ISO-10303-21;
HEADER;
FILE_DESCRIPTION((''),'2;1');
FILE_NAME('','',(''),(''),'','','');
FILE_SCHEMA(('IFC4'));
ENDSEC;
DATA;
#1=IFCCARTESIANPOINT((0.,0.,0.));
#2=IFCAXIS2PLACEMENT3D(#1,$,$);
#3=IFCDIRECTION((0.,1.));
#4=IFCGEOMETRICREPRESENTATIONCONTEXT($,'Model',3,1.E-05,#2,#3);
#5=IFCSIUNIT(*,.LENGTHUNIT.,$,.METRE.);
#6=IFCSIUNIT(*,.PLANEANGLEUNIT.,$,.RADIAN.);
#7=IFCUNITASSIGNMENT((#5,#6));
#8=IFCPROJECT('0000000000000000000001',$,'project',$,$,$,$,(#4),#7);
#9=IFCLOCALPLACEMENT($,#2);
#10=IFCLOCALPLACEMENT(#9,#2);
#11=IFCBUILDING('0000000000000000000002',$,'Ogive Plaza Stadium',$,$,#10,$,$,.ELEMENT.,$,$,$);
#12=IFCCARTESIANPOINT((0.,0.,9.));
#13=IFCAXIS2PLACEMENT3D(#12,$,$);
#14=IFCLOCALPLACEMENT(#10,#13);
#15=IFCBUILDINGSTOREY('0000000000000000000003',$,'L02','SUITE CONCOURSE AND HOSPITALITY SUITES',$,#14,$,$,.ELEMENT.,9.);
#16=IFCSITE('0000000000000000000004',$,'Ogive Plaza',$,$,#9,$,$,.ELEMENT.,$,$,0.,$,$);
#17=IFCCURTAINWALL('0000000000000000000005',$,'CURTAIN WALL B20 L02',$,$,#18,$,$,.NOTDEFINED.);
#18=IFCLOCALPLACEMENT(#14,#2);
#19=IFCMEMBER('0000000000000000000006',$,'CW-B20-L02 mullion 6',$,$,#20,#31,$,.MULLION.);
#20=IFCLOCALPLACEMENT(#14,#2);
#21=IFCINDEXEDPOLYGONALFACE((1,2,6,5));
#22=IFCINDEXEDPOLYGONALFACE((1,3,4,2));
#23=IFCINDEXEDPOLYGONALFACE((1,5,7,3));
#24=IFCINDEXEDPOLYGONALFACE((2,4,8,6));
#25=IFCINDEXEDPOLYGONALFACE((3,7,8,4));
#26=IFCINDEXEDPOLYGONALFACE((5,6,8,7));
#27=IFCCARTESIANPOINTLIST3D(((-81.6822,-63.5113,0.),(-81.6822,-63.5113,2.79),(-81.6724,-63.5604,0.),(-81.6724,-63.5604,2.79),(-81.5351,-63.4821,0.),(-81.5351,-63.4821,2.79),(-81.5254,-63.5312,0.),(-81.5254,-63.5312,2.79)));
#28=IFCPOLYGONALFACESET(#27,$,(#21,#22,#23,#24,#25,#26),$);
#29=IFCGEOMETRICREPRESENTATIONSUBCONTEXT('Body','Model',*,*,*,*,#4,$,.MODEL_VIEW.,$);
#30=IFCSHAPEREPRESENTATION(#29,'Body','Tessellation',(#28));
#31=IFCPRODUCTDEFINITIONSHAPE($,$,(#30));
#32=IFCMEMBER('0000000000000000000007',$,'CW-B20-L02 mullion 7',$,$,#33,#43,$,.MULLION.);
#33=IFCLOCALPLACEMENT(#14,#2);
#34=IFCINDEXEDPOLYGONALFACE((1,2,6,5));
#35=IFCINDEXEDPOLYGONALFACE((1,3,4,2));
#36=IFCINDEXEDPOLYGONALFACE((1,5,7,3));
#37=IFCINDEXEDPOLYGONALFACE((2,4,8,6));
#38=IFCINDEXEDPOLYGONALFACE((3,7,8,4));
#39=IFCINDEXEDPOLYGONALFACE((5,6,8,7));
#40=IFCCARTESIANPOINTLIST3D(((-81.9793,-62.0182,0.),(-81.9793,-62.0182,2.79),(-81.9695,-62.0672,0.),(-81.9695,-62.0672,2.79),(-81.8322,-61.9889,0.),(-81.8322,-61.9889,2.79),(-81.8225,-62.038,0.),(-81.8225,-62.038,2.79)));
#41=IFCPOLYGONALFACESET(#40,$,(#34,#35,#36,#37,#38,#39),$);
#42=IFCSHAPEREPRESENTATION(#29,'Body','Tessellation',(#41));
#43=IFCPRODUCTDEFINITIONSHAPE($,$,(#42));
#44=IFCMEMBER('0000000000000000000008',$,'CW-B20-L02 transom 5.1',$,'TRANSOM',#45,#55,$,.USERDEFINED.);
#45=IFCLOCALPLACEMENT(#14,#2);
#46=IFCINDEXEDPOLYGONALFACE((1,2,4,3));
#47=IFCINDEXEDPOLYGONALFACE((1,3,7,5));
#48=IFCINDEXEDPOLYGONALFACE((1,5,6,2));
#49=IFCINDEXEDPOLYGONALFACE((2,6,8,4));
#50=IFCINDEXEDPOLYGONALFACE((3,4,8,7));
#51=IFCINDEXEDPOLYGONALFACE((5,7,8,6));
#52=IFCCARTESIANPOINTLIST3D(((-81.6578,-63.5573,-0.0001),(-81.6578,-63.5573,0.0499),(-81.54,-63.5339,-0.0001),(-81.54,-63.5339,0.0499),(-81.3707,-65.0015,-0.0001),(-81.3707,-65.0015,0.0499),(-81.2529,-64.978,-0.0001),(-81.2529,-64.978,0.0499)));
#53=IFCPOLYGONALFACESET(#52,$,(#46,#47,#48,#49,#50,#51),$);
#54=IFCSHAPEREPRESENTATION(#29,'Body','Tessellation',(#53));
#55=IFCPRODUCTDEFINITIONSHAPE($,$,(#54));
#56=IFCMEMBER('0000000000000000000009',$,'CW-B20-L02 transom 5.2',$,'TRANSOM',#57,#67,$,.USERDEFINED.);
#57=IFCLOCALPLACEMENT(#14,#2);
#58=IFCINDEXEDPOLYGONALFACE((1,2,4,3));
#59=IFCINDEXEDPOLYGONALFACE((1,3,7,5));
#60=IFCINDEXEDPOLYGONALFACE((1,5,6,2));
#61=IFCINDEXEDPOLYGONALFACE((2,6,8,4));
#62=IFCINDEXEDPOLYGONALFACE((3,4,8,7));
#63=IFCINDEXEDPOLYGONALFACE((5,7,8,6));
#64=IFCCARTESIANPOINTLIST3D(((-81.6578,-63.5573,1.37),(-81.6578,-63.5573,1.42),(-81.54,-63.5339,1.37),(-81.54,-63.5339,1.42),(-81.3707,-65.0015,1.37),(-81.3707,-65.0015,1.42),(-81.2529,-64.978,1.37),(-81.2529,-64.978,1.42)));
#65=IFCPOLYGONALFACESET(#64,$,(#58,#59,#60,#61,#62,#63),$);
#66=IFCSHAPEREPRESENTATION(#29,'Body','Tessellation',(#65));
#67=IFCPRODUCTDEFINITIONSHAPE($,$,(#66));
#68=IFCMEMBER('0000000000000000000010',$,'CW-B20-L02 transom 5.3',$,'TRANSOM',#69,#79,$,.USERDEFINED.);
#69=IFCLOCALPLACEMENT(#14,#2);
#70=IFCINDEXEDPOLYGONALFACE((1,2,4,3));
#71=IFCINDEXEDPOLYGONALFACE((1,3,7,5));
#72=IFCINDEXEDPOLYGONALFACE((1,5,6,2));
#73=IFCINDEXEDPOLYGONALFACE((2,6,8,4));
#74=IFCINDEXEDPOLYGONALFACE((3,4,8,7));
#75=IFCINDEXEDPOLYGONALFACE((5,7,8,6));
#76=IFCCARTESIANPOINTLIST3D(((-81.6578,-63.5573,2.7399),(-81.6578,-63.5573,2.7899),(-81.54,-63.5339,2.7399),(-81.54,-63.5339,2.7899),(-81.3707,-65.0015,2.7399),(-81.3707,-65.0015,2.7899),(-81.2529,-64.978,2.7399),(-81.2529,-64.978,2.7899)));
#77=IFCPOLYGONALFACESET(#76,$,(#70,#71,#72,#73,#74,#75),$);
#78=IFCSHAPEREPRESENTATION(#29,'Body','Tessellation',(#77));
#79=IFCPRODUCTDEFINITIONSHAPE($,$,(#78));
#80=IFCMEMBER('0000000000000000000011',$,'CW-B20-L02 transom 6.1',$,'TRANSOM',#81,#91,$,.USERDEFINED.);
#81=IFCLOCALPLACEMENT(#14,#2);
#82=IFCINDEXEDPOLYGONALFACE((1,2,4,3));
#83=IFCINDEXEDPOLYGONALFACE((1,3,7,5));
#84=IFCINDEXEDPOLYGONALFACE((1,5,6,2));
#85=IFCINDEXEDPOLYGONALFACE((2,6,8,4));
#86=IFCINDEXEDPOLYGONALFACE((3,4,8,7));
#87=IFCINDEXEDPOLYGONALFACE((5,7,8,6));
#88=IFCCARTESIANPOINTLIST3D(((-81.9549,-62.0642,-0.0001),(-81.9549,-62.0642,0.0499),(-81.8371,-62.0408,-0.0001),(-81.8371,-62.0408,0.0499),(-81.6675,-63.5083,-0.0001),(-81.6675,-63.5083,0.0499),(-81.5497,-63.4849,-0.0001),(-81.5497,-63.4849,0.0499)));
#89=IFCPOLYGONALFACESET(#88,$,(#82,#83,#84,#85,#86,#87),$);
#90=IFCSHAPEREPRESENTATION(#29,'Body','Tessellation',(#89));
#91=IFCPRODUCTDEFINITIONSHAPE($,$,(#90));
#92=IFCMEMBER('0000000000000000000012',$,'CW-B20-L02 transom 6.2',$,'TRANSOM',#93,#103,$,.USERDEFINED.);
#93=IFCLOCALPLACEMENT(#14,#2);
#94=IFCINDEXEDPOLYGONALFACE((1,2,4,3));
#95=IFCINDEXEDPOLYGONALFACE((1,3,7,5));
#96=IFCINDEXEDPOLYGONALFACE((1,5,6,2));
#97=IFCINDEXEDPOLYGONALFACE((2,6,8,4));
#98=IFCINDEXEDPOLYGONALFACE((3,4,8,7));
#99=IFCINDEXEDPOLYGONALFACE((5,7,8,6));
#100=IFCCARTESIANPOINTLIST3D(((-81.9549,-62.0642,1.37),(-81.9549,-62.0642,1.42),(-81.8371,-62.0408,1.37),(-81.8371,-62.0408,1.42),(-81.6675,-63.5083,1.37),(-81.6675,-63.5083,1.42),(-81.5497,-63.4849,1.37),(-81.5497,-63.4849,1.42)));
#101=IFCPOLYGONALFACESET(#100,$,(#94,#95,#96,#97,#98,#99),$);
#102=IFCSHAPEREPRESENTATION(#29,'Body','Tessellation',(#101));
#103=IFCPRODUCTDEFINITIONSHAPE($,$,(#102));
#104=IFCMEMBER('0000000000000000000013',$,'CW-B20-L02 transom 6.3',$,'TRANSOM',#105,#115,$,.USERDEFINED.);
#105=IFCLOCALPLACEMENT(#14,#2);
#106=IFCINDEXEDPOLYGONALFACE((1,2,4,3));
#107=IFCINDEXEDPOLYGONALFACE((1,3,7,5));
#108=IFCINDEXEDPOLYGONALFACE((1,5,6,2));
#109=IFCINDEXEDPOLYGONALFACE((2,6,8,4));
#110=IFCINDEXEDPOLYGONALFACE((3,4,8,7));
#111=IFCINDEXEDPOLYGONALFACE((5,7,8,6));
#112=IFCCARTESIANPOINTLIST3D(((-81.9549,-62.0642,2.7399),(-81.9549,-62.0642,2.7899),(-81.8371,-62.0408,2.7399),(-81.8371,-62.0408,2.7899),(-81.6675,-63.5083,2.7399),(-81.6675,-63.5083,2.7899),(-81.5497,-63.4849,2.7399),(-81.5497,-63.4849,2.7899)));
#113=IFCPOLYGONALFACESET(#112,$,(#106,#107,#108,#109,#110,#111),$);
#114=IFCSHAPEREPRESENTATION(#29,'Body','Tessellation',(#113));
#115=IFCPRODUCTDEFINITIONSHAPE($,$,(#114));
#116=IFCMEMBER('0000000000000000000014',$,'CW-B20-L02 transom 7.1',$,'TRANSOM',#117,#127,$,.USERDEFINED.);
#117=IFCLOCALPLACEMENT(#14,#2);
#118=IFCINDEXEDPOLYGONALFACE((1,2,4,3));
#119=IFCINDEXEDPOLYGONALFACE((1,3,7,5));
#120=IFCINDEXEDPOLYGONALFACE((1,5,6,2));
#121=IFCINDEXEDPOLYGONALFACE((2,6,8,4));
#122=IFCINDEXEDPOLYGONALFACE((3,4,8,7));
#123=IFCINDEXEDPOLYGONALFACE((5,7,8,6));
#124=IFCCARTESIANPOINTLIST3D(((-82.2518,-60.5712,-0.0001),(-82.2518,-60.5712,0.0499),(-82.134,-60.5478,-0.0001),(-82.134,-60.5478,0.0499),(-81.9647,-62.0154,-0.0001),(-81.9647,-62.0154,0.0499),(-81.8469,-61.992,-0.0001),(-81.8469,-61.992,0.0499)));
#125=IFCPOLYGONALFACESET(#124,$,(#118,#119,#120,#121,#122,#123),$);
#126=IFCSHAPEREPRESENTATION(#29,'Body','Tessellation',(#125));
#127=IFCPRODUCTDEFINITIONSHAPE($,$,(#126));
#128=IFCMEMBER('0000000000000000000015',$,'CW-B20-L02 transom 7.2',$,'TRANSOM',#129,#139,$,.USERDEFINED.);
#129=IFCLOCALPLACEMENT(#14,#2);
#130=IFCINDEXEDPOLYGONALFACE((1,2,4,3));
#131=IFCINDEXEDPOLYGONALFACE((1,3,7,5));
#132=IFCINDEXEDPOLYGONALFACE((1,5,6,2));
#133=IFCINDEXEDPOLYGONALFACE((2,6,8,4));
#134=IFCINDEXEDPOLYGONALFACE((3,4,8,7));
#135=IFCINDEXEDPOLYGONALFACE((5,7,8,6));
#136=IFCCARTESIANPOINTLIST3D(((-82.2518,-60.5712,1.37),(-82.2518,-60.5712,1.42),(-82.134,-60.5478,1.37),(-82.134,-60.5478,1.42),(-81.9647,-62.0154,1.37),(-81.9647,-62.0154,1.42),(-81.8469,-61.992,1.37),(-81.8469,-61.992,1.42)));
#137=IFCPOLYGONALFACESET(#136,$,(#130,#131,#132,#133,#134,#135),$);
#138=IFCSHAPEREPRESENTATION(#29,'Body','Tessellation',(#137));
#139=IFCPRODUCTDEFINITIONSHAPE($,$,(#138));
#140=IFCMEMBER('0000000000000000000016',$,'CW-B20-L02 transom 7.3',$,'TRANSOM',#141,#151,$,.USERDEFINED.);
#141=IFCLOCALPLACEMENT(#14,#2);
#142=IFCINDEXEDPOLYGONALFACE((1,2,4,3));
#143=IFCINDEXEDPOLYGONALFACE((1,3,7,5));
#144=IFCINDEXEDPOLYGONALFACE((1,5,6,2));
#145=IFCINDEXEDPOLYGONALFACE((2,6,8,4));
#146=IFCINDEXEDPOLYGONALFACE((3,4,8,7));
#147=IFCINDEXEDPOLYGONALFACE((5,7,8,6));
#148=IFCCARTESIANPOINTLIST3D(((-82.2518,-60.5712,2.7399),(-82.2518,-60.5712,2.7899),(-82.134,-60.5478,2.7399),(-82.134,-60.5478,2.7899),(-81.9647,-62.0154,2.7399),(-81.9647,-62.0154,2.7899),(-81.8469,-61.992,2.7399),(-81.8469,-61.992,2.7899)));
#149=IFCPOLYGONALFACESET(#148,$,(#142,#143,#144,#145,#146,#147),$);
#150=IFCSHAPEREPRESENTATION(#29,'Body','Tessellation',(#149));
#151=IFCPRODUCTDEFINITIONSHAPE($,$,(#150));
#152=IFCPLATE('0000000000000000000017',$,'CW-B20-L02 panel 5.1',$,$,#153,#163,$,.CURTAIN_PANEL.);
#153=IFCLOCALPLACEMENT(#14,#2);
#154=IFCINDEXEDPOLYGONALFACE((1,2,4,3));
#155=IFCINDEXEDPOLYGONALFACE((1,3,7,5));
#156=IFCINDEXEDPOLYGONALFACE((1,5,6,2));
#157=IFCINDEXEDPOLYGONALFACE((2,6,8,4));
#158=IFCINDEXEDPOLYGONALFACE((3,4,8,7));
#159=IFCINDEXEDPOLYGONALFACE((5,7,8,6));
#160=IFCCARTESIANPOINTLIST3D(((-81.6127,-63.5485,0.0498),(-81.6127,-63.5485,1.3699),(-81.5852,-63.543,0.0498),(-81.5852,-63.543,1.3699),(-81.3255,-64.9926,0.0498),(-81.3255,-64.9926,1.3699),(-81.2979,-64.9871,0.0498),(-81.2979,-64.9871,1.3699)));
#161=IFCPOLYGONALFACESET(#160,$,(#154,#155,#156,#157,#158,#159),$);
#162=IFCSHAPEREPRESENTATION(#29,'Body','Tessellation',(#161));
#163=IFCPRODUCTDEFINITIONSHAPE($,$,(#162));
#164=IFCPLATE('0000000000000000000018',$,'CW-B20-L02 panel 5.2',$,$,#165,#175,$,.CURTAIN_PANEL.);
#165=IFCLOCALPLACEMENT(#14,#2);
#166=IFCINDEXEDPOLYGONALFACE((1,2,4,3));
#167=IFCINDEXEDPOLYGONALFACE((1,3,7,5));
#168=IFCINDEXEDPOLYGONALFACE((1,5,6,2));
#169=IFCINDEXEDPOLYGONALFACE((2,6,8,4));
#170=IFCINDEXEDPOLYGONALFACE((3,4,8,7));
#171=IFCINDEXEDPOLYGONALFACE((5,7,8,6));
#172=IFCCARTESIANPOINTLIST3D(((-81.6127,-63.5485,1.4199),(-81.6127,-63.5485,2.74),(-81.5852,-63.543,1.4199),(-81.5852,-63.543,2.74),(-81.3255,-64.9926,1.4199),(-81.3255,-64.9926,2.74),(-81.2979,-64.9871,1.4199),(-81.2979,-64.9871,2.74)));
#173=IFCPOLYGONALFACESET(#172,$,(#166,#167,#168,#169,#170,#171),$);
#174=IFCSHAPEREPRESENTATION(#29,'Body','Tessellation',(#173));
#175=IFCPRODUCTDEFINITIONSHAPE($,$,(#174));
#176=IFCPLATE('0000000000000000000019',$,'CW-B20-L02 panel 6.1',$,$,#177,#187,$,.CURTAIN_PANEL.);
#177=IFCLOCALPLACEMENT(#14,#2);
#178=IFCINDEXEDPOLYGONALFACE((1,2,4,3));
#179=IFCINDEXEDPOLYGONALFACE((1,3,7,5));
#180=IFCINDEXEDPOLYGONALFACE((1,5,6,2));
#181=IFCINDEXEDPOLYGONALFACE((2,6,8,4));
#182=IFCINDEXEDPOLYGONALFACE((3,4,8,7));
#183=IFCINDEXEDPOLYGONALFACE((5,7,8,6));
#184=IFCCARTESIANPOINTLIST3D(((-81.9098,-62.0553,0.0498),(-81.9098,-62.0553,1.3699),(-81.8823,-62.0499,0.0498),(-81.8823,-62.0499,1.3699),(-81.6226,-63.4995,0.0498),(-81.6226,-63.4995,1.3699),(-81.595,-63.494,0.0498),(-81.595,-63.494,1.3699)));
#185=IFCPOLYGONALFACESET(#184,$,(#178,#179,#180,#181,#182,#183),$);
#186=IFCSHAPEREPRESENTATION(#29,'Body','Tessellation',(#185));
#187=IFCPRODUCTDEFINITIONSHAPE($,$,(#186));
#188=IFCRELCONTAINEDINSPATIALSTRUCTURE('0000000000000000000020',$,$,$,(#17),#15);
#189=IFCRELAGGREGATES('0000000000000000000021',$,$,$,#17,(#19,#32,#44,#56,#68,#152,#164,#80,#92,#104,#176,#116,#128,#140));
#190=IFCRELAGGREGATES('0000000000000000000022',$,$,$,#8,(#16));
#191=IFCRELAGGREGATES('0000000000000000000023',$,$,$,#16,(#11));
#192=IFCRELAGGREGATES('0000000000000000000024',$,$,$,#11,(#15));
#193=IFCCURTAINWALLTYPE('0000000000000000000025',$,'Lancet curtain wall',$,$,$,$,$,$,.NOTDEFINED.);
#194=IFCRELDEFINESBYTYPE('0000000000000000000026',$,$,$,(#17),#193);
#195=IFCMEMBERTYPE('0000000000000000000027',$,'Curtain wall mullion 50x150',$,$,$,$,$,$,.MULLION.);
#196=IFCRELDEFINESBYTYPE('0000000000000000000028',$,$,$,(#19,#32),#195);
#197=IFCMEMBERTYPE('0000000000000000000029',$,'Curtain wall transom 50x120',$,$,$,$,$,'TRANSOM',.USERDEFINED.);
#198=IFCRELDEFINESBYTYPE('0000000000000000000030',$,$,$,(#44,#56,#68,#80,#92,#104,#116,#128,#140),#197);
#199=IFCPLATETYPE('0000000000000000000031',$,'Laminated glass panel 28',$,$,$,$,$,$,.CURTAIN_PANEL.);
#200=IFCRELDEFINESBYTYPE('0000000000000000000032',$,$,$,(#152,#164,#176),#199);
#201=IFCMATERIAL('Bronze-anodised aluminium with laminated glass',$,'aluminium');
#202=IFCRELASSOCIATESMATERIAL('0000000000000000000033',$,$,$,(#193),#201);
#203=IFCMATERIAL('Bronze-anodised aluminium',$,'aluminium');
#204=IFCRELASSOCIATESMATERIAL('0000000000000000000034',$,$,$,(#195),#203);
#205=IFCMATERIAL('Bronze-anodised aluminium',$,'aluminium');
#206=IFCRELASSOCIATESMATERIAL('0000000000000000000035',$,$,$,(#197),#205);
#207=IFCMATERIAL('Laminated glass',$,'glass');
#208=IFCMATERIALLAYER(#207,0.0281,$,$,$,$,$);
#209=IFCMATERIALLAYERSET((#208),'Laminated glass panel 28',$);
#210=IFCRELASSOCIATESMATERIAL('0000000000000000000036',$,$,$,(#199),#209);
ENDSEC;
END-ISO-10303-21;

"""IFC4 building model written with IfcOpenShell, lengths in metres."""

from ifc_helpers import new_model, si_unit, direction, frame, origin, origin_2d, place, context, subcontext, project, spatial, rectangle, extrude, material, layer, layer_set, material_profile, profile_set, type_object, element, aggregate, save


model = new_model("IFC4")

# Units and contexts
model_context = context("Model", 3, precision=1e-05, world=origin(), true_north=direction((0.0, 1.0)))
body_context = subcontext(model_context, "Body", "Model", "MODEL_VIEW")
ifc_project = project(units=[si_unit("LENGTHUNIT", "METRE"), si_unit("PLANEANGLEUNIT", "RADIAN")], contexts=[model_context])

# Site, building, storey
site_placement = place(None, origin())
site = spatial("IfcSite", under=ifc_project, at=site_placement, Name="Ogive Plaza", CompositionType="ELEMENT", RefElevation=0.0)
building_placement = place(site_placement, origin())
building = spatial("IfcBuilding", under=site, at=building_placement, Name="Ogive Plaza Stadium", CompositionType="ELEMENT")
storey_placement = place(building_placement, frame((0.0, 0.0, 9.0)))
storey = spatial("IfcBuildingStorey", under=building, at=storey_placement, Name="L02", Description="SUITE CONCOURSE AND HOSPITALITY SUITES", CompositionType="ELEMENT", Elevation=9.0)

# Curtain wall, members, plates
ifc_material_1 = material(Name="Bronze-anodised aluminium with laminated glass", Category="aluminium")
curtain_wall_type = type_object("IfcCurtainWallType", Name="Lancet curtain wall", PredefinedType="NOTDEFINED", material=ifc_material_1)
curtain_wall_placement = place(storey_placement, origin())
curtain_wall = element("IfcCurtainWall", 1, at=curtain_wall_placement, inside=storey, type_object=curtain_wall_type, Name="CURTAIN WALL B20 L02", PredefinedType="NOTDEFINED")
ifc_material_2 = material(Name="Bronze-anodised aluminium", Category="aluminium")
ifc_material_profile_1 = material_profile(ifc_material_2, rectangle(XDim=0.1499, YDim=0.05, at=origin_2d()), Name="AL 150x50")
ifc_profile_set_1 = profile_set([ifc_material_profile_1], Name="Bronze-anodised aluminium")
member_type_1 = type_object("IfcMemberType", Name="Curtain wall mullion 50x150", PredefinedType="MULLION", material=ifc_profile_set_1)
member_1_placement = place(storey_placement, frame((-81.6038, -63.5212, 0.0), z_axis=(0.0, 0.0, 1.0), x_axis=(-0.980785, -0.19509, 0.0)))
member_1 = element("IfcMember", 2, at=member_1_placement, type_object=member_type_1, Name="CW-B20-L02 mullion 6", PredefinedType="MULLION", context=body_context, shape_type="SweptSolid", body=[
    extrude(rectangle(XDim=0.1499, YDim=0.05, at=origin_2d()), origin(), (0.0, 0.0, 1.0), 2.79),
])
member_2_placement = place(storey_placement, frame((-81.9009, -62.0281, 0.0), z_axis=(0.0, 0.0, 1.0), x_axis=(-0.980785, -0.19509, 0.0)))
member_2 = element("IfcMember", 3, at=member_2_placement, type_object=member_type_1, Name="CW-B20-L02 mullion 7", PredefinedType="MULLION", context=body_context, shape_type="SweptSolid", body=[
    extrude(rectangle(XDim=0.1499, YDim=0.05, at=origin_2d()), origin(), (0.0, 0.0, 1.0), 2.79),
])
ifc_material_3 = material(Name="Bronze-anodised aluminium", Category="aluminium")
ifc_material_profile_2 = material_profile(ifc_material_3, rectangle(XDim=0.1201, YDim=0.05, at=origin_2d()), Name="AL 120x50")
ifc_profile_set_2 = profile_set([ifc_material_profile_2], Name="Bronze-anodised aluminium")
member_type_2 = type_object("IfcMemberType", Name="Curtain wall transom 50x120", ElementType="TRANSOM", PredefinedType="USERDEFINED", material=ifc_profile_set_2)
member_3_placement = place(storey_placement, frame((-81.3118, -64.9897, 0.0249), z_axis=(-0.195, 0.980803, 0.0), x_axis=(-0.980803, -0.195, 0.0)))
member_3 = element("IfcMember", 4, at=member_3_placement, type_object=member_type_2, Name="CW-B20-L02 transom 5.1", ObjectType="TRANSOM", PredefinedType="USERDEFINED", context=body_context, shape_type="SweptSolid", body=[
    extrude(rectangle(XDim=0.1201, YDim=0.05, at=origin_2d()), origin(), (0.0, 0.0, 1.0), 1.4724),
])
member_4_placement = place(storey_placement, frame((-81.3118, -64.9897, 1.395), z_axis=(-0.195, 0.980803, 0.0), x_axis=(-0.980803, -0.195, 0.0)))
member_4 = element("IfcMember", 5, at=member_4_placement, type_object=member_type_2, Name="CW-B20-L02 transom 5.2", ObjectType="TRANSOM", PredefinedType="USERDEFINED", context=body_context, shape_type="SweptSolid", body=[
    extrude(rectangle(XDim=0.1201, YDim=0.05, at=origin_2d()), origin(), (0.0, 0.0, 1.0), 1.4724),
])
member_5_placement = place(storey_placement, frame((-81.3118, -64.9897, 2.7649), z_axis=(-0.195, 0.980803, 0.0), x_axis=(-0.980803, -0.195, 0.0)))
member_5 = element("IfcMember", 6, at=member_5_placement, type_object=member_type_2, Name="CW-B20-L02 transom 5.3", ObjectType="TRANSOM", PredefinedType="USERDEFINED", context=body_context, shape_type="SweptSolid", body=[
    extrude(rectangle(XDim=0.1201, YDim=0.05, at=origin_2d()), origin(), (0.0, 0.0, 1.0), 1.4724),
])
member_6_placement = place(storey_placement, frame((-81.6086, -63.4966, 0.0249), z_axis=(-0.195159, 0.980772, 0.0), x_axis=(-0.980772, -0.195159, 0.0)))
member_6 = element("IfcMember", 7, at=member_6_placement, type_object=member_type_2, Name="CW-B20-L02 transom 6.1", ObjectType="TRANSOM", PredefinedType="USERDEFINED", context=body_context, shape_type="SweptSolid", body=[
    extrude(rectangle(XDim=0.1201, YDim=0.05, at=origin_2d()), origin(), (0.0, 0.0, 1.0), 1.4724),
])
member_7_placement = place(storey_placement, frame((-81.6086, -63.4966, 1.395), z_axis=(-0.195159, 0.980772, 0.0), x_axis=(-0.980772, -0.195159, 0.0)))
member_7 = element("IfcMember", 8, at=member_7_placement, type_object=member_type_2, Name="CW-B20-L02 transom 6.2", ObjectType="TRANSOM", PredefinedType="USERDEFINED", context=body_context, shape_type="SweptSolid", body=[
    extrude(rectangle(XDim=0.1201, YDim=0.05, at=origin_2d()), origin(), (0.0, 0.0, 1.0), 1.4724),
])
member_8_placement = place(storey_placement, frame((-81.6086, -63.4966, 2.7649), z_axis=(-0.195159, 0.980772, 0.0), x_axis=(-0.980772, -0.195159, 0.0)))
member_8 = element("IfcMember", 9, at=member_8_placement, type_object=member_type_2, Name="CW-B20-L02 transom 6.3", ObjectType="TRANSOM", PredefinedType="USERDEFINED", context=body_context, shape_type="SweptSolid", body=[
    extrude(rectangle(XDim=0.1201, YDim=0.05, at=origin_2d()), origin(), (0.0, 0.0, 1.0), 1.4724),
])
member_9_placement = place(storey_placement, frame((-81.9058, -62.0037, 0.0249), z_axis=(-0.195, 0.980803, 0.0), x_axis=(-0.980803, -0.195, 0.0)))
member_9 = element("IfcMember", 10, at=member_9_placement, type_object=member_type_2, Name="CW-B20-L02 transom 7.1", ObjectType="TRANSOM", PredefinedType="USERDEFINED", context=body_context, shape_type="SweptSolid", body=[
    extrude(rectangle(XDim=0.1201, YDim=0.05, at=origin_2d()), origin(), (0.0, 0.0, 1.0), 1.4724),
])
member_10_placement = place(storey_placement, frame((-81.9058, -62.0037, 1.395), z_axis=(-0.195, 0.980803, 0.0), x_axis=(-0.980803, -0.195, 0.0)))
member_10 = element("IfcMember", 11, at=member_10_placement, type_object=member_type_2, Name="CW-B20-L02 transom 7.2", ObjectType="TRANSOM", PredefinedType="USERDEFINED", context=body_context, shape_type="SweptSolid", body=[
    extrude(rectangle(XDim=0.1201, YDim=0.05, at=origin_2d()), origin(), (0.0, 0.0, 1.0), 1.4724),
])
member_11_placement = place(storey_placement, frame((-81.9058, -62.0037, 2.7649), z_axis=(-0.195, 0.980803, 0.0), x_axis=(-0.980803, -0.195, 0.0)))
member_11 = element("IfcMember", 12, at=member_11_placement, type_object=member_type_2, Name="CW-B20-L02 transom 7.3", ObjectType="TRANSOM", PredefinedType="USERDEFINED", context=body_context, shape_type="SweptSolid", body=[
    extrude(rectangle(XDim=0.1201, YDim=0.05, at=origin_2d()), origin(), (0.0, 0.0, 1.0), 1.4724),
])
ifc_material_4 = material(Name="Laminated glass", Category="glass")
ifc_layer = layer(ifc_material_4, 0.0281)
ifc_layer_set = layer_set([ifc_layer], Name="Laminated glass panel 28")
plate_type = type_object("IfcPlateType", Name="Laminated glass panel 28", PredefinedType="CURTAIN_PANEL", material=ifc_layer_set)
plate_1_placement = place(storey_placement, frame((-81.4553, -64.2678, 0.0498), z_axis=(0.0, 0.0, 1.0), x_axis=(-0.19509, 0.980785, 0.0)))
plate_1 = element("IfcPlate", 13, at=plate_1_placement, type_object=plate_type, Name="CW-B20-L02 panel 5.1", PredefinedType="CURTAIN_PANEL", context=body_context, shape_type="SweptSolid", body=[
    extrude(rectangle(XDim=1.4724, YDim=0.0281, at=origin_2d()), origin(), (0.0, 0.0, 1.0), 1.3201),
])
plate_2_placement = place(storey_placement, frame((-81.4553, -64.2678, 1.4199), z_axis=(0.0, 0.0, 1.0), x_axis=(-0.19509, 0.980785, 0.0)))
plate_2 = element("IfcPlate", 14, at=plate_2_placement, type_object=plate_type, Name="CW-B20-L02 panel 5.2", PredefinedType="CURTAIN_PANEL", context=body_context, shape_type="SweptSolid", body=[
    extrude(rectangle(XDim=1.4724, YDim=0.0281, at=origin_2d()), origin(), (0.0, 0.0, 1.0), 1.3201),
])
plate_3_placement = place(storey_placement, frame((-81.7524, -62.7747, 0.0498), z_axis=(0.0, 0.0, 1.0), x_axis=(-0.19509, 0.980785, 0.0)))
plate_3 = element("IfcPlate", 15, at=plate_3_placement, type_object=plate_type, Name="CW-B20-L02 panel 6.1", PredefinedType="CURTAIN_PANEL", context=body_context, shape_type="SweptSolid", body=[
    extrude(rectangle(XDim=1.4724, YDim=0.0281, at=origin_2d()), origin(), (0.0, 0.0, 1.0), 1.3201),
])
aggregate(curtain_wall, [member_1, member_2, member_3, member_4, member_5, plate_1, plate_2, member_6, member_7, member_8, plate_3, member_9, member_10, member_11])

save(model, "model.ifc")
